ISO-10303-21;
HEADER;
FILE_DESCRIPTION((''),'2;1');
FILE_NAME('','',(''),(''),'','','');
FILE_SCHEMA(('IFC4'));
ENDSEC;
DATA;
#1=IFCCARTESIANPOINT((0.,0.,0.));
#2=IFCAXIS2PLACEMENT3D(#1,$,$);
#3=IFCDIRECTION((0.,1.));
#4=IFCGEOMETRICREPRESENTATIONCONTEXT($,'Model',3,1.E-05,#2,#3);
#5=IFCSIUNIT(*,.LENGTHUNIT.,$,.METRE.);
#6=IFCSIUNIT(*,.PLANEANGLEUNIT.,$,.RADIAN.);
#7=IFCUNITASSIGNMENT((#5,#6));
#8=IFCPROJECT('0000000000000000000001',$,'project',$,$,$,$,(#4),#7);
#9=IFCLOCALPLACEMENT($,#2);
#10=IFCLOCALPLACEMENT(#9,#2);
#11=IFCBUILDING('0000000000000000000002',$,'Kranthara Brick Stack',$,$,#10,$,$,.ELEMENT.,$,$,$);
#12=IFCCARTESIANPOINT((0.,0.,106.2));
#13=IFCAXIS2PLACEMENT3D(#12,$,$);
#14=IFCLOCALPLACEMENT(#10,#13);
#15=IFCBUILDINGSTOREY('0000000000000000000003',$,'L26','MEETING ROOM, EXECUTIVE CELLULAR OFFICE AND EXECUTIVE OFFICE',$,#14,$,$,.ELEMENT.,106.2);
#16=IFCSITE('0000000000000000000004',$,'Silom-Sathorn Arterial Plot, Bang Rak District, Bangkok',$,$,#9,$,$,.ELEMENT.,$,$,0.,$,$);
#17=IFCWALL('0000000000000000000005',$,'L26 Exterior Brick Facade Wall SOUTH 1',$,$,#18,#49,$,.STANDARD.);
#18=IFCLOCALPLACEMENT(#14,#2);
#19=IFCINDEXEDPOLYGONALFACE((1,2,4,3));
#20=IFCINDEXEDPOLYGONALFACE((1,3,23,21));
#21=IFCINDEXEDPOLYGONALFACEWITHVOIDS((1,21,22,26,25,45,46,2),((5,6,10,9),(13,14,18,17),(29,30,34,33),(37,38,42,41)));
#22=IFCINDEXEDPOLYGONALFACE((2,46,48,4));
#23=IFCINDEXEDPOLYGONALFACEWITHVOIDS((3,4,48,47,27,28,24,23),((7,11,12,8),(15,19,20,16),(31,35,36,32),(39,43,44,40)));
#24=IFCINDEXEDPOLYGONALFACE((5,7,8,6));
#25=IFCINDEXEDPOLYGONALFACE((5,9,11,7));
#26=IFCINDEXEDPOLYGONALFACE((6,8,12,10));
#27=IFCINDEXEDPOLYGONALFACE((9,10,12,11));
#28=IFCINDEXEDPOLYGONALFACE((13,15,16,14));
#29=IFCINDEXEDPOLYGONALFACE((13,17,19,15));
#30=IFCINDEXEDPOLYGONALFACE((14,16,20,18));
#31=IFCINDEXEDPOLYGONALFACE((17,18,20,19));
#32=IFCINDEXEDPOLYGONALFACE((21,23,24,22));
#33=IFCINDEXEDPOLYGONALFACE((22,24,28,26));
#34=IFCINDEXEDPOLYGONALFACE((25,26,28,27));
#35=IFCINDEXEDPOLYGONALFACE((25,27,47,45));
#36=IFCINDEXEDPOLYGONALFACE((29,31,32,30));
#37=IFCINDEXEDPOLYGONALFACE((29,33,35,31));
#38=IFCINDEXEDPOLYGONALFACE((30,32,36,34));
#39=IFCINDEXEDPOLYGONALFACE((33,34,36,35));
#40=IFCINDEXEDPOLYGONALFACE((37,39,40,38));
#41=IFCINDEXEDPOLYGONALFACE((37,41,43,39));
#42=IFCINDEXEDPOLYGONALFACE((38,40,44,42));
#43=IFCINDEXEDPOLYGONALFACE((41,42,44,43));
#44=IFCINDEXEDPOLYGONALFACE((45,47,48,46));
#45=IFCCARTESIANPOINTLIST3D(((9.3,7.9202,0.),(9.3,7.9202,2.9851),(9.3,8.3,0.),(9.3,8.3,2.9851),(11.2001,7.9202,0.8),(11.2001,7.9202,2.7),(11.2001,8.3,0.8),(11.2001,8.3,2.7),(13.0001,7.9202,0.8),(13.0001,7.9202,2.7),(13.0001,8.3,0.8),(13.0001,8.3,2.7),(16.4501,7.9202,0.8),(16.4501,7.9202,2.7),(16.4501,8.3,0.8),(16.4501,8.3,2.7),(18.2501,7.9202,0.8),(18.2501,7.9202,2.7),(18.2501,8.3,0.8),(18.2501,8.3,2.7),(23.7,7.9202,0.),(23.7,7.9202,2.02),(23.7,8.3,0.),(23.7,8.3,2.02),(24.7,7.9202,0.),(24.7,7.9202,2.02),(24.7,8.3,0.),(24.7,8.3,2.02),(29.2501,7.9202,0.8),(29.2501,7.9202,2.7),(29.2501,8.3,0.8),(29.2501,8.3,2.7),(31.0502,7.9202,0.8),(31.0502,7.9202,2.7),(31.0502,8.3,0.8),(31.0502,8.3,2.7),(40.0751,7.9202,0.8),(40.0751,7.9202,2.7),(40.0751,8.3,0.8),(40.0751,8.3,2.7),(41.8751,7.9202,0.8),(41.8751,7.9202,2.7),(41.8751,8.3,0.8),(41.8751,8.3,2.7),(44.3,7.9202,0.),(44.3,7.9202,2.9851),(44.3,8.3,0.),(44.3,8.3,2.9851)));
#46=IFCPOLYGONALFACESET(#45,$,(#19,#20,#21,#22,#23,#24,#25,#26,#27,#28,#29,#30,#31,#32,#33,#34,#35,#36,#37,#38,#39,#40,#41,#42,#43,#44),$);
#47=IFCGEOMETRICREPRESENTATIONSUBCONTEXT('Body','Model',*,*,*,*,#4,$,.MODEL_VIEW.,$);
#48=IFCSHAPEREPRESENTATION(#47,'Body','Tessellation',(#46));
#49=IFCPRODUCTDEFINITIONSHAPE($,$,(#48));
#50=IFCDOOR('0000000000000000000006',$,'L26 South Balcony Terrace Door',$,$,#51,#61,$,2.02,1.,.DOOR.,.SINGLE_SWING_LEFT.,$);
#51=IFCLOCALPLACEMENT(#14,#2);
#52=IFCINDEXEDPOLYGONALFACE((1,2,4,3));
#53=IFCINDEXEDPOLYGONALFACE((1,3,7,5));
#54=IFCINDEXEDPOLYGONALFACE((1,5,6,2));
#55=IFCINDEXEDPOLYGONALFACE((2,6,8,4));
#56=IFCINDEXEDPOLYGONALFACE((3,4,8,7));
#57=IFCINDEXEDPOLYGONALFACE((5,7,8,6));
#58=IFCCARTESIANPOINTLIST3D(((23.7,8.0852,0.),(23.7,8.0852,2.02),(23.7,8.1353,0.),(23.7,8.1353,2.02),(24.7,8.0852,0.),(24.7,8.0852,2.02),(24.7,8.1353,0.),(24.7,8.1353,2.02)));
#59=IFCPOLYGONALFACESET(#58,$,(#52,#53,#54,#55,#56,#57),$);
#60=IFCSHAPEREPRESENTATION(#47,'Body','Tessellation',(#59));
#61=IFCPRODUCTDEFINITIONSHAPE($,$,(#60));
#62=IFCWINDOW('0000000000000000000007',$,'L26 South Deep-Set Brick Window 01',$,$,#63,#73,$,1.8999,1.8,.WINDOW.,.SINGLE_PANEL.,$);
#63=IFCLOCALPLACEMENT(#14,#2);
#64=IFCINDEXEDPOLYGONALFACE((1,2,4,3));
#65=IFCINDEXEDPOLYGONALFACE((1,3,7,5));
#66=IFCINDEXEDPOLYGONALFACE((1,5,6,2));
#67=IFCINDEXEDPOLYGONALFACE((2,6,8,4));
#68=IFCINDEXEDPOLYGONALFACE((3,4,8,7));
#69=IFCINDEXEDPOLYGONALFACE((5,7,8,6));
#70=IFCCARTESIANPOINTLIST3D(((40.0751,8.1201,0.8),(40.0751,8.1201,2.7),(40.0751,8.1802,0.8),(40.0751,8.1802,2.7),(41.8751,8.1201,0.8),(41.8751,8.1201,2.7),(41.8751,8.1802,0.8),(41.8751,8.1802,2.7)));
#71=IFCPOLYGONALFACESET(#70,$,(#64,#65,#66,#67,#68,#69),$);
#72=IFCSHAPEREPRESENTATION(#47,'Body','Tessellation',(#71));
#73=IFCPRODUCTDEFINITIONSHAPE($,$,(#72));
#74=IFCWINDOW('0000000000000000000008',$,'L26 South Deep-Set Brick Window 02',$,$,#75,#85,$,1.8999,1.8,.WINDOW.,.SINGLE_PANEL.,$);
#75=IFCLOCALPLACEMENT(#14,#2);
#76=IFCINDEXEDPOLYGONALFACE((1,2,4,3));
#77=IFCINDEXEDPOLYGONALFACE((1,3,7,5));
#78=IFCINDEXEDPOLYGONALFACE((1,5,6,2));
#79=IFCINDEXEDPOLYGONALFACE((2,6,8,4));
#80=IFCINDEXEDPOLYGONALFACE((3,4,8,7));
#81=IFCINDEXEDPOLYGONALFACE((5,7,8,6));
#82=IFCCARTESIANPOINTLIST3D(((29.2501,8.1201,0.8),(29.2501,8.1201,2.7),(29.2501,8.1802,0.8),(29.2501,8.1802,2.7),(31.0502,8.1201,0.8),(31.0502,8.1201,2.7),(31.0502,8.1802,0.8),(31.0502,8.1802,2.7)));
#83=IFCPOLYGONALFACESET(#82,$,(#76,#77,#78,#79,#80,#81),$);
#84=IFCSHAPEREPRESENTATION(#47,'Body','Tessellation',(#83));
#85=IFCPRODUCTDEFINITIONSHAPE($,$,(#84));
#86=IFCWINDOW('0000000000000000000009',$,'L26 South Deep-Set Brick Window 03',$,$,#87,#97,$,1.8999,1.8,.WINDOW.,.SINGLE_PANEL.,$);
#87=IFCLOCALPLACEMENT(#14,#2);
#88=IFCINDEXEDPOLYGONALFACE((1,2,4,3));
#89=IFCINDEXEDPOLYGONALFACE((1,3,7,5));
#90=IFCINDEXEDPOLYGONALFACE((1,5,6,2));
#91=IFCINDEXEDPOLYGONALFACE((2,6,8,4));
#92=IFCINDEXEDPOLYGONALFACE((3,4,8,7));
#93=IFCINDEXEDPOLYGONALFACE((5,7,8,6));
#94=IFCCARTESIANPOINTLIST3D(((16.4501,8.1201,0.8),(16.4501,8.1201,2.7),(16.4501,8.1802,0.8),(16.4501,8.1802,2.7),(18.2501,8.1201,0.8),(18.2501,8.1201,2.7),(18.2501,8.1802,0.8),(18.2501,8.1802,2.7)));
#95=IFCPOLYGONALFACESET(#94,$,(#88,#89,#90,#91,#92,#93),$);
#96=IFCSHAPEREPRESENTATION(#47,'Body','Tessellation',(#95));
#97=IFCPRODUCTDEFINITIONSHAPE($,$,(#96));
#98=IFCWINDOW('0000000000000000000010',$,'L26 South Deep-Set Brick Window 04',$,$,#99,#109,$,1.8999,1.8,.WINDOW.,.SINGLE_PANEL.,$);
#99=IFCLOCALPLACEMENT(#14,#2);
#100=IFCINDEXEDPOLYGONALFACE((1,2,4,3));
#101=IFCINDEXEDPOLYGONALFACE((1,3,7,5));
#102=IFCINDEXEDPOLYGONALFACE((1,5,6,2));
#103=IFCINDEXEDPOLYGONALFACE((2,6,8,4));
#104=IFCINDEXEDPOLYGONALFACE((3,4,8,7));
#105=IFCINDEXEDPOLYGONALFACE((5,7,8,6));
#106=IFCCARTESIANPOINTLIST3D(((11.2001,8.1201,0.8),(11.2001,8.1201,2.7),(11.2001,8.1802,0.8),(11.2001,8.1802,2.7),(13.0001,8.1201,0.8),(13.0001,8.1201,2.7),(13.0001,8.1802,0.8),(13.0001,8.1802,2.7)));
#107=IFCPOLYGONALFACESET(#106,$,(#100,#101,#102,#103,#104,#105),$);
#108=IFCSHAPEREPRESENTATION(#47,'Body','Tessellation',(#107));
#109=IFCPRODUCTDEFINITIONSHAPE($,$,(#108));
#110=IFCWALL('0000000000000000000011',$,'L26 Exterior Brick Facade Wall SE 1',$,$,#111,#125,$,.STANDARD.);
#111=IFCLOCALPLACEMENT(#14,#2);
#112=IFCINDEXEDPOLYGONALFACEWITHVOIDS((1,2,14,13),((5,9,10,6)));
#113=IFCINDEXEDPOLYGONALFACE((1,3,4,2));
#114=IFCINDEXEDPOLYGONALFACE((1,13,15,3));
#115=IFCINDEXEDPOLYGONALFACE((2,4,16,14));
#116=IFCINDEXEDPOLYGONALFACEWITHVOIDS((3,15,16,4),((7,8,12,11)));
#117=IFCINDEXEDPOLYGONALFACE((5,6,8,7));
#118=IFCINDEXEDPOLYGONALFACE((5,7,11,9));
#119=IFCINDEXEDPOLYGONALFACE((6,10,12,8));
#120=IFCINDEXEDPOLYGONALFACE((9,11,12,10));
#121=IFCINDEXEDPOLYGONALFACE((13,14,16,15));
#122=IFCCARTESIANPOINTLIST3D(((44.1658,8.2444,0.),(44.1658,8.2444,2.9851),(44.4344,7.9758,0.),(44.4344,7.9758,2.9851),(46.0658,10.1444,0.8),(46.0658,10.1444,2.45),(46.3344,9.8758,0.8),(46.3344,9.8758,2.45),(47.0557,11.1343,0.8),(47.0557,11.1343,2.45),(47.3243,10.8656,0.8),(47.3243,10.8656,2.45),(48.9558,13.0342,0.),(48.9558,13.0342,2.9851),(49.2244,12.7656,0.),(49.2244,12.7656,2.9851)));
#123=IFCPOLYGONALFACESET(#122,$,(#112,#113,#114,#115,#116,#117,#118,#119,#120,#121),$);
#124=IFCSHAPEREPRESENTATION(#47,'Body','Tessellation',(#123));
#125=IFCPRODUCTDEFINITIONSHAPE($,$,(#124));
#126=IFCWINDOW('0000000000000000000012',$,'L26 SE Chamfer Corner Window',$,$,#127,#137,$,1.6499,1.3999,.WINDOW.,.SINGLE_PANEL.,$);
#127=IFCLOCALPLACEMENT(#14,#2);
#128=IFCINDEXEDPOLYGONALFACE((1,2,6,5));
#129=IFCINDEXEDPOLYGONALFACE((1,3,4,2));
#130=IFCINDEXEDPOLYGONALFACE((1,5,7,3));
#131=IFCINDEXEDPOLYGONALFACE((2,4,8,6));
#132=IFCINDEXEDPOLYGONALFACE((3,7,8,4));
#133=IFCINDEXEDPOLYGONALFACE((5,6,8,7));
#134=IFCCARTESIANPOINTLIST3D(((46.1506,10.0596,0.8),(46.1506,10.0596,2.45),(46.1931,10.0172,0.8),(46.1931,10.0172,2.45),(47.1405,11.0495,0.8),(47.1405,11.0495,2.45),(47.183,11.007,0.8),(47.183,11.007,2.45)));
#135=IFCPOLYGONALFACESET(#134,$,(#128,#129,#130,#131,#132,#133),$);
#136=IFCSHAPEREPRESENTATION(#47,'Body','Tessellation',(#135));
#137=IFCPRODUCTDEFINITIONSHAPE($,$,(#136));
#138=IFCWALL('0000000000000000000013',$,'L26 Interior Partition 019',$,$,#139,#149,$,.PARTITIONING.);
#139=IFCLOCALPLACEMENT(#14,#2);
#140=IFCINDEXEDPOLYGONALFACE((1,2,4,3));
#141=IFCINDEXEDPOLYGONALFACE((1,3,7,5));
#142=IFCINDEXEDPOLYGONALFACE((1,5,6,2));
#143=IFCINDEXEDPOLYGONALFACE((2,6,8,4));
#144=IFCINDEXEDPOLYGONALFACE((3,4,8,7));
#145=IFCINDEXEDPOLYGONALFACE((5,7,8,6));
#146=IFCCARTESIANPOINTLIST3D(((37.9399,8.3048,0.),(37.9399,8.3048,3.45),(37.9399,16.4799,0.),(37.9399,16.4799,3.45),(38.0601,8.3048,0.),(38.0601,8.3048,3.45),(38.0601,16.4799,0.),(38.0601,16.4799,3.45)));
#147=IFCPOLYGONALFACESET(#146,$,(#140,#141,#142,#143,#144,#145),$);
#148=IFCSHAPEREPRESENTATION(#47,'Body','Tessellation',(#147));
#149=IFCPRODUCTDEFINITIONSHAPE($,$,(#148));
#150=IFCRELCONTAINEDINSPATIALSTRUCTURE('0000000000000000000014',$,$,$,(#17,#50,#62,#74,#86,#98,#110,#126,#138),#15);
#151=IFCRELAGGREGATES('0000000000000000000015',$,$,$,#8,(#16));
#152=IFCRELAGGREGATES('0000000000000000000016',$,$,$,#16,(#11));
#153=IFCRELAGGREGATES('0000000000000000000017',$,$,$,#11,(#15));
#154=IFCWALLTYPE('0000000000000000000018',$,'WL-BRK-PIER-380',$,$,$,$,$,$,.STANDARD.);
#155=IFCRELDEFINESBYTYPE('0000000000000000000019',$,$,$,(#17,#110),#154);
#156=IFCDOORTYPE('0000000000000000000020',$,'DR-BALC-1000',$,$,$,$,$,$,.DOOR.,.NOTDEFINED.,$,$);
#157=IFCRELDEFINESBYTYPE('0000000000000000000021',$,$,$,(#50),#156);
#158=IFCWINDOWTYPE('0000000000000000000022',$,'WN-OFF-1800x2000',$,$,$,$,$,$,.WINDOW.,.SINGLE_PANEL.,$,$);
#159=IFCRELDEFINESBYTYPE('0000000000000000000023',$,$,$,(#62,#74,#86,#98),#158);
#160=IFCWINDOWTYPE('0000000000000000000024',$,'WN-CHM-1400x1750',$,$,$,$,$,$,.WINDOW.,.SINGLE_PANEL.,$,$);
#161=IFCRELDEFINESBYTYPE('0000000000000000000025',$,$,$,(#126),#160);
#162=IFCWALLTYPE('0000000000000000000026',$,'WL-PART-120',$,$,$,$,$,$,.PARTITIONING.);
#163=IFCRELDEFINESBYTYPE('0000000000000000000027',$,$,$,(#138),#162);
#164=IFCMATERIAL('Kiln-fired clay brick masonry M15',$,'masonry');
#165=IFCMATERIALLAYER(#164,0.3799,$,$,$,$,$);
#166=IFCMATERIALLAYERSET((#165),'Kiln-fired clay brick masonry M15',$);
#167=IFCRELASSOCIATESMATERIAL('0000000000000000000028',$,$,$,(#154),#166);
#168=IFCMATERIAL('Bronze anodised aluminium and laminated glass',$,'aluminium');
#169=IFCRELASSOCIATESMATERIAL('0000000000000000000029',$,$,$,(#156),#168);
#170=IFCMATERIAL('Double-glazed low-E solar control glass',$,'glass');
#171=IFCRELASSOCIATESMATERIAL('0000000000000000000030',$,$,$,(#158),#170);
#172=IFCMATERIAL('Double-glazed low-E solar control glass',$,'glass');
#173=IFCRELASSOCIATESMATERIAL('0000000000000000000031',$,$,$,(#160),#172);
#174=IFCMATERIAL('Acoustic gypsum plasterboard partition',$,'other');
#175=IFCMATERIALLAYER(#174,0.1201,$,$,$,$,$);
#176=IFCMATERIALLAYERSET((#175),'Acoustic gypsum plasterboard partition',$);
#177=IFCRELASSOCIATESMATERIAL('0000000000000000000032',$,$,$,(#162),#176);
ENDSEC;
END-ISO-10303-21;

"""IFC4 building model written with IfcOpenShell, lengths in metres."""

from ifc_helpers import new_model, si_unit, direction, frame, frame_2d, origin, place, context, subcontext, project, spatial, rectangle, extrude, material, layer, layer_set, type_object, element, fill, save


model = new_model("IFC4")

# Units and contexts
model_context = context("Model", 3, precision=1e-05, world=origin(), true_north=direction((0.0, 1.0)))
body_context = subcontext(model_context, "Body", "Model", "MODEL_VIEW")
ifc_project = project(units=[si_unit("LENGTHUNIT", "METRE"), si_unit("PLANEANGLEUNIT", "RADIAN")], contexts=[model_context])

# Site, building, storey
site_placement = place(None, origin())
site = spatial("IfcSite", under=ifc_project, at=site_placement, Name="Silom-Sathorn Arterial Plot, Bang Rak District, Bangkok", CompositionType="ELEMENT", RefElevation=0.0)
building_placement = place(site_placement, origin())
building = spatial("IfcBuilding", under=site, at=building_placement, Name="Kranthara Brick Stack", CompositionType="ELEMENT")
storey_placement = place(building_placement, frame((0.0, 0.0, 106.2)))
storey = spatial("IfcBuildingStorey", under=building, at=storey_placement, Name="L26", Description="MEETING ROOM, EXECUTIVE CELLULAR OFFICE AND EXECUTIVE OFFICE", CompositionType="ELEMENT", Elevation=106.2)

# Wall, openings, door, windows
ifc_material_1 = material(Name="Kiln-fired clay brick masonry M15", Category="masonry")
ifc_layer_1 = layer(ifc_material_1, 0.3799)
ifc_layer_set_1 = layer_set([ifc_layer_1], Name="Kiln-fired clay brick masonry M15")
wall_type_1 = type_object("IfcWallType", Name="WL-BRK-PIER-380", PredefinedType="STANDARD", material=ifc_layer_set_1)
wall_1_placement = place(storey_placement, frame((44.3, 8.1101, 0.0), z_axis=(0.0, 0.0, 1.0), x_axis=(-1.0, 0.0, 0.0)))
wall_1 = element("IfcWall", 1, at=wall_1_placement, inside=storey, type_object=wall_type_1, Name="L26 Exterior Brick Facade Wall SOUTH 1", PredefinedType="STANDARD", context=body_context, shape_type="SweptSolid", body=[
    extrude(rectangle(XDim=35.0, YDim=0.3799, at=frame_2d((17.5, 0.0))), origin(), (0.0, 0.0, 1.0), 2.9851),
])
opening_1_placement = place(wall_1_placement, frame((19.6001, 0.0, 0.0)))
opening_1 = element("IfcOpeningElement", 2, at=opening_1_placement, cuts=wall_1, PredefinedType="OPENING", context=body_context, shape_type="SweptSolid", body=[
    extrude(rectangle(XDim=1.0, YDim=2.02, at=frame_2d((0.5, 1.01))), frame((0.0, 0.2, 0.0), z_axis=(0.0, -1.0, 0.0), x_axis=(1.0, 0.0, 0.0)), (0.0, 0.0, 1.0), 0.3999),
])
opening_2_placement = place(wall_1_placement, frame((2.425, 0.0, 0.8)))
opening_2 = element("IfcOpeningElement", 3, at=opening_2_placement, cuts=wall_1, PredefinedType="OPENING", context=body_context, shape_type="SweptSolid", body=[
    extrude(rectangle(XDim=1.8, YDim=1.8999, at=frame_2d((0.8999, 0.95))), frame((0.0, 0.2, 0.0), z_axis=(0.0, -1.0, 0.0), x_axis=(1.0, 0.0, 0.0)), (0.0, 0.0, 1.0), 0.3999),
])
opening_3_placement = place(wall_1_placement, frame((13.25, 0.0, 0.8)))
opening_3 = element("IfcOpeningElement", 4, at=opening_3_placement, cuts=wall_1, PredefinedType="OPENING", context=body_context, shape_type="SweptSolid", body=[
    extrude(rectangle(XDim=1.8, YDim=1.8999, at=frame_2d((0.8999, 0.95))), frame((0.0, 0.2, 0.0), z_axis=(0.0, -1.0, 0.0), x_axis=(1.0, 0.0, 0.0)), (0.0, 0.0, 1.0), 0.3999),
])
opening_4_placement = place(wall_1_placement, frame((26.05, 0.0, 0.8)))
opening_4 = element("IfcOpeningElement", 5, at=opening_4_placement, cuts=wall_1, PredefinedType="OPENING", context=body_context, shape_type="SweptSolid", body=[
    extrude(rectangle(XDim=1.8, YDim=1.8999, at=frame_2d((0.8999, 0.95))), frame((0.0, 0.2, 0.0), z_axis=(0.0, -1.0, 0.0), x_axis=(1.0, 0.0, 0.0)), (0.0, 0.0, 1.0), 0.3999),
])
opening_5_placement = place(wall_1_placement, frame((31.3, 0.0, 0.8)))
opening_5 = element("IfcOpeningElement", 6, at=opening_5_placement, cuts=wall_1, PredefinedType="OPENING", context=body_context, shape_type="SweptSolid", body=[
    extrude(rectangle(XDim=1.8, YDim=1.8999, at=frame_2d((0.8999, 0.95))), frame((0.0, 0.2, 0.0), z_axis=(0.0, -1.0, 0.0), x_axis=(1.0, 0.0, 0.0)), (0.0, 0.0, 1.0), 0.3999),
])
ifc_material_2 = material(Name="Bronze anodised aluminium and laminated glass", Category="aluminium")
door_type = type_object("IfcDoorType", Name="DR-BALC-1000", OperationType="NOTDEFINED", PredefinedType="DOOR", material=ifc_material_2)
door_placement = place(opening_1_placement, origin())
door = element("IfcDoor", 7, at=door_placement, inside=storey, type_object=door_type, Name="L26 South Balcony Terrace Door", OperationType="SINGLE_SWING_LEFT", OverallHeight=2.02, OverallWidth=1.0, PredefinedType="DOOR", context=body_context, shape_type="SweptSolid", body=[
    extrude(rectangle(XDim=1.0, YDim=2.02, at=frame_2d((0.5, 1.01))), frame((0.0, 0.0249, 0.0), z_axis=(0.0, -1.0, 0.0), x_axis=(1.0, 0.0, 0.0)), (0.0, 0.0, 1.0), 0.05),
])
fill(opening_1, door)
ifc_material_3 = material(Name="Double-glazed low-E solar control glass", Category="glass")
window_type_1 = type_object("IfcWindowType", Name="WN-OFF-1800x2000", PartitioningType="SINGLE_PANEL", PredefinedType="WINDOW", material=ifc_material_3)
window_1_placement = place(opening_2_placement, origin())
window_1 = element("IfcWindow", 8, at=window_1_placement, inside=storey, type_object=window_type_1, Name="L26 South Deep-Set Brick Window 01", OverallHeight=1.8999, OverallWidth=1.8, PartitioningType="SINGLE_PANEL", PredefinedType="WINDOW", context=body_context, shape_type="SweptSolid", body=[
    extrude(rectangle(XDim=1.8, YDim=1.8999, at=frame_2d((0.8999, 0.95))), frame((0.0, -0.01, 0.0), z_axis=(0.0, -1.0, 0.0), x_axis=(1.0, 0.0, 0.0)), (0.0, 0.0, 1.0), 0.0601),
])
fill(opening_2, window_1)
window_2_placement = place(opening_3_placement, origin())
window_2 = element("IfcWindow", 9, at=window_2_placement, inside=storey, type_object=window_type_1, Name="L26 South Deep-Set Brick Window 02", OverallHeight=1.8999, OverallWidth=1.8, PartitioningType="SINGLE_PANEL", PredefinedType="WINDOW", context=body_context, shape_type="SweptSolid", body=[
    extrude(rectangle(XDim=1.8, YDim=1.8999, at=frame_2d((0.8999, 0.95))), frame((0.0, -0.01, 0.0), z_axis=(0.0, -1.0, 0.0), x_axis=(1.0, 0.0, 0.0)), (0.0, 0.0, 1.0), 0.0601),
])
fill(opening_3, window_2)
window_3_placement = place(opening_4_placement, origin())
window_3 = element("IfcWindow", 10, at=window_3_placement, inside=storey, type_object=window_type_1, Name="L26 South Deep-Set Brick Window 03", OverallHeight=1.8999, OverallWidth=1.8, PartitioningType="SINGLE_PANEL", PredefinedType="WINDOW", context=body_context, shape_type="SweptSolid", body=[
    extrude(rectangle(XDim=1.8, YDim=1.8999, at=frame_2d((0.8999, 0.95))), frame((0.0, -0.01, 0.0), z_axis=(0.0, -1.0, 0.0), x_axis=(1.0, 0.0, 0.0)), (0.0, 0.0, 1.0), 0.0601),
])
fill(opening_4, window_3)
window_4_placement = place(opening_5_placement, origin())
window_4 = element("IfcWindow", 11, at=window_4_placement, inside=storey, type_object=window_type_1, Name="L26 South Deep-Set Brick Window 04", OverallHeight=1.8999, OverallWidth=1.8, PartitioningType="SINGLE_PANEL", PredefinedType="WINDOW", context=body_context, shape_type="SweptSolid", body=[
    extrude(rectangle(XDim=1.8, YDim=1.8999, at=frame_2d((0.8999, 0.95))), frame((0.0, -0.01, 0.0), z_axis=(0.0, -1.0, 0.0), x_axis=(1.0, 0.0, 0.0)), (0.0, 0.0, 1.0), 0.0601),
])
fill(opening_5, window_4)

# Wall, opening, window
wall_2_placement = place(storey_placement, frame((49.0901, 12.8999, 0.0), z_axis=(0.0, 0.0, 1.0), x_axis=(-0.707125, -0.707089, 0.0)))
wall_2 = element("IfcWall", 12, at=wall_2_placement, inside=storey, type_object=wall_type_1, Name="L26 Exterior Brick Facade Wall SE 1", PredefinedType="STANDARD", context=body_context, shape_type="SweptSolid", body=[
    extrude(rectangle(XDim=6.7739, YDim=0.3799, at=frame_2d((3.387, 0.0))), origin(), (0.0, 0.0, 1.0), 2.9851),
])
opening_6_placement = place(wall_2_placement, frame((2.687, 0.0, 0.8)))
opening_6 = element("IfcOpeningElement", 13, at=opening_6_placement, cuts=wall_2, PredefinedType="OPENING", context=body_context, shape_type="SweptSolid", body=[
    extrude(rectangle(XDim=1.3999, YDim=1.6499, at=frame_2d((0.7, 0.825))), frame((0.0, 0.2, 0.0), z_axis=(0.0, -1.0, 0.0), x_axis=(1.0, 0.0, 0.0)), (0.0, 0.0, 1.0), 0.3999),
])
ifc_material_4 = material(Name="Double-glazed low-E solar control glass", Category="glass")
window_type_2 = type_object("IfcWindowType", Name="WN-CHM-1400x1750", PartitioningType="SINGLE_PANEL", PredefinedType="WINDOW", material=ifc_material_4)
window_5_placement = place(opening_6_placement, origin())
window_5 = element("IfcWindow", 14, at=window_5_placement, inside=storey, type_object=window_type_2, Name="L26 SE Chamfer Corner Window", OverallHeight=1.6499, OverallWidth=1.3999, PartitioningType="SINGLE_PANEL", PredefinedType="WINDOW", context=body_context, shape_type="SweptSolid", body=[
    extrude(rectangle(XDim=1.3999, YDim=1.6499, at=frame_2d((0.7, 0.825))), frame((0.0, -0.01, 0.0), z_axis=(0.0, -1.0, 0.0), x_axis=(1.0, 0.0, 0.0)), (0.0, 0.0, 1.0), 0.0601),
])
fill(opening_6, window_5)

# Wall
ifc_material_5 = material(Name="Acoustic gypsum plasterboard partition", Category="other")
ifc_layer_2 = layer(ifc_material_5, 0.1201)
ifc_layer_set_2 = layer_set([ifc_layer_2], Name="Acoustic gypsum plasterboard partition")
wall_type_2 = type_object("IfcWallType", Name="WL-PART-120", PredefinedType="PARTITIONING", material=ifc_layer_set_2)
wall_3_placement = place(storey_placement, frame((38.0, 8.3049, 0.0), z_axis=(0.0, 0.0, 1.0), x_axis=(0.0, 1.0, 0.0)))
element("IfcWall", 15, at=wall_3_placement, inside=storey, type_object=wall_type_2, Name="L26 Interior Partition 019", PredefinedType="PARTITIONING", context=body_context, shape_type="SweptSolid", body=[
    extrude(rectangle(XDim=8.175, YDim=0.1201, at=frame_2d((4.0874, 0.0))), origin(), (0.0, 0.0, 1.0), 3.45),
])

save(model, "model.ifc")
